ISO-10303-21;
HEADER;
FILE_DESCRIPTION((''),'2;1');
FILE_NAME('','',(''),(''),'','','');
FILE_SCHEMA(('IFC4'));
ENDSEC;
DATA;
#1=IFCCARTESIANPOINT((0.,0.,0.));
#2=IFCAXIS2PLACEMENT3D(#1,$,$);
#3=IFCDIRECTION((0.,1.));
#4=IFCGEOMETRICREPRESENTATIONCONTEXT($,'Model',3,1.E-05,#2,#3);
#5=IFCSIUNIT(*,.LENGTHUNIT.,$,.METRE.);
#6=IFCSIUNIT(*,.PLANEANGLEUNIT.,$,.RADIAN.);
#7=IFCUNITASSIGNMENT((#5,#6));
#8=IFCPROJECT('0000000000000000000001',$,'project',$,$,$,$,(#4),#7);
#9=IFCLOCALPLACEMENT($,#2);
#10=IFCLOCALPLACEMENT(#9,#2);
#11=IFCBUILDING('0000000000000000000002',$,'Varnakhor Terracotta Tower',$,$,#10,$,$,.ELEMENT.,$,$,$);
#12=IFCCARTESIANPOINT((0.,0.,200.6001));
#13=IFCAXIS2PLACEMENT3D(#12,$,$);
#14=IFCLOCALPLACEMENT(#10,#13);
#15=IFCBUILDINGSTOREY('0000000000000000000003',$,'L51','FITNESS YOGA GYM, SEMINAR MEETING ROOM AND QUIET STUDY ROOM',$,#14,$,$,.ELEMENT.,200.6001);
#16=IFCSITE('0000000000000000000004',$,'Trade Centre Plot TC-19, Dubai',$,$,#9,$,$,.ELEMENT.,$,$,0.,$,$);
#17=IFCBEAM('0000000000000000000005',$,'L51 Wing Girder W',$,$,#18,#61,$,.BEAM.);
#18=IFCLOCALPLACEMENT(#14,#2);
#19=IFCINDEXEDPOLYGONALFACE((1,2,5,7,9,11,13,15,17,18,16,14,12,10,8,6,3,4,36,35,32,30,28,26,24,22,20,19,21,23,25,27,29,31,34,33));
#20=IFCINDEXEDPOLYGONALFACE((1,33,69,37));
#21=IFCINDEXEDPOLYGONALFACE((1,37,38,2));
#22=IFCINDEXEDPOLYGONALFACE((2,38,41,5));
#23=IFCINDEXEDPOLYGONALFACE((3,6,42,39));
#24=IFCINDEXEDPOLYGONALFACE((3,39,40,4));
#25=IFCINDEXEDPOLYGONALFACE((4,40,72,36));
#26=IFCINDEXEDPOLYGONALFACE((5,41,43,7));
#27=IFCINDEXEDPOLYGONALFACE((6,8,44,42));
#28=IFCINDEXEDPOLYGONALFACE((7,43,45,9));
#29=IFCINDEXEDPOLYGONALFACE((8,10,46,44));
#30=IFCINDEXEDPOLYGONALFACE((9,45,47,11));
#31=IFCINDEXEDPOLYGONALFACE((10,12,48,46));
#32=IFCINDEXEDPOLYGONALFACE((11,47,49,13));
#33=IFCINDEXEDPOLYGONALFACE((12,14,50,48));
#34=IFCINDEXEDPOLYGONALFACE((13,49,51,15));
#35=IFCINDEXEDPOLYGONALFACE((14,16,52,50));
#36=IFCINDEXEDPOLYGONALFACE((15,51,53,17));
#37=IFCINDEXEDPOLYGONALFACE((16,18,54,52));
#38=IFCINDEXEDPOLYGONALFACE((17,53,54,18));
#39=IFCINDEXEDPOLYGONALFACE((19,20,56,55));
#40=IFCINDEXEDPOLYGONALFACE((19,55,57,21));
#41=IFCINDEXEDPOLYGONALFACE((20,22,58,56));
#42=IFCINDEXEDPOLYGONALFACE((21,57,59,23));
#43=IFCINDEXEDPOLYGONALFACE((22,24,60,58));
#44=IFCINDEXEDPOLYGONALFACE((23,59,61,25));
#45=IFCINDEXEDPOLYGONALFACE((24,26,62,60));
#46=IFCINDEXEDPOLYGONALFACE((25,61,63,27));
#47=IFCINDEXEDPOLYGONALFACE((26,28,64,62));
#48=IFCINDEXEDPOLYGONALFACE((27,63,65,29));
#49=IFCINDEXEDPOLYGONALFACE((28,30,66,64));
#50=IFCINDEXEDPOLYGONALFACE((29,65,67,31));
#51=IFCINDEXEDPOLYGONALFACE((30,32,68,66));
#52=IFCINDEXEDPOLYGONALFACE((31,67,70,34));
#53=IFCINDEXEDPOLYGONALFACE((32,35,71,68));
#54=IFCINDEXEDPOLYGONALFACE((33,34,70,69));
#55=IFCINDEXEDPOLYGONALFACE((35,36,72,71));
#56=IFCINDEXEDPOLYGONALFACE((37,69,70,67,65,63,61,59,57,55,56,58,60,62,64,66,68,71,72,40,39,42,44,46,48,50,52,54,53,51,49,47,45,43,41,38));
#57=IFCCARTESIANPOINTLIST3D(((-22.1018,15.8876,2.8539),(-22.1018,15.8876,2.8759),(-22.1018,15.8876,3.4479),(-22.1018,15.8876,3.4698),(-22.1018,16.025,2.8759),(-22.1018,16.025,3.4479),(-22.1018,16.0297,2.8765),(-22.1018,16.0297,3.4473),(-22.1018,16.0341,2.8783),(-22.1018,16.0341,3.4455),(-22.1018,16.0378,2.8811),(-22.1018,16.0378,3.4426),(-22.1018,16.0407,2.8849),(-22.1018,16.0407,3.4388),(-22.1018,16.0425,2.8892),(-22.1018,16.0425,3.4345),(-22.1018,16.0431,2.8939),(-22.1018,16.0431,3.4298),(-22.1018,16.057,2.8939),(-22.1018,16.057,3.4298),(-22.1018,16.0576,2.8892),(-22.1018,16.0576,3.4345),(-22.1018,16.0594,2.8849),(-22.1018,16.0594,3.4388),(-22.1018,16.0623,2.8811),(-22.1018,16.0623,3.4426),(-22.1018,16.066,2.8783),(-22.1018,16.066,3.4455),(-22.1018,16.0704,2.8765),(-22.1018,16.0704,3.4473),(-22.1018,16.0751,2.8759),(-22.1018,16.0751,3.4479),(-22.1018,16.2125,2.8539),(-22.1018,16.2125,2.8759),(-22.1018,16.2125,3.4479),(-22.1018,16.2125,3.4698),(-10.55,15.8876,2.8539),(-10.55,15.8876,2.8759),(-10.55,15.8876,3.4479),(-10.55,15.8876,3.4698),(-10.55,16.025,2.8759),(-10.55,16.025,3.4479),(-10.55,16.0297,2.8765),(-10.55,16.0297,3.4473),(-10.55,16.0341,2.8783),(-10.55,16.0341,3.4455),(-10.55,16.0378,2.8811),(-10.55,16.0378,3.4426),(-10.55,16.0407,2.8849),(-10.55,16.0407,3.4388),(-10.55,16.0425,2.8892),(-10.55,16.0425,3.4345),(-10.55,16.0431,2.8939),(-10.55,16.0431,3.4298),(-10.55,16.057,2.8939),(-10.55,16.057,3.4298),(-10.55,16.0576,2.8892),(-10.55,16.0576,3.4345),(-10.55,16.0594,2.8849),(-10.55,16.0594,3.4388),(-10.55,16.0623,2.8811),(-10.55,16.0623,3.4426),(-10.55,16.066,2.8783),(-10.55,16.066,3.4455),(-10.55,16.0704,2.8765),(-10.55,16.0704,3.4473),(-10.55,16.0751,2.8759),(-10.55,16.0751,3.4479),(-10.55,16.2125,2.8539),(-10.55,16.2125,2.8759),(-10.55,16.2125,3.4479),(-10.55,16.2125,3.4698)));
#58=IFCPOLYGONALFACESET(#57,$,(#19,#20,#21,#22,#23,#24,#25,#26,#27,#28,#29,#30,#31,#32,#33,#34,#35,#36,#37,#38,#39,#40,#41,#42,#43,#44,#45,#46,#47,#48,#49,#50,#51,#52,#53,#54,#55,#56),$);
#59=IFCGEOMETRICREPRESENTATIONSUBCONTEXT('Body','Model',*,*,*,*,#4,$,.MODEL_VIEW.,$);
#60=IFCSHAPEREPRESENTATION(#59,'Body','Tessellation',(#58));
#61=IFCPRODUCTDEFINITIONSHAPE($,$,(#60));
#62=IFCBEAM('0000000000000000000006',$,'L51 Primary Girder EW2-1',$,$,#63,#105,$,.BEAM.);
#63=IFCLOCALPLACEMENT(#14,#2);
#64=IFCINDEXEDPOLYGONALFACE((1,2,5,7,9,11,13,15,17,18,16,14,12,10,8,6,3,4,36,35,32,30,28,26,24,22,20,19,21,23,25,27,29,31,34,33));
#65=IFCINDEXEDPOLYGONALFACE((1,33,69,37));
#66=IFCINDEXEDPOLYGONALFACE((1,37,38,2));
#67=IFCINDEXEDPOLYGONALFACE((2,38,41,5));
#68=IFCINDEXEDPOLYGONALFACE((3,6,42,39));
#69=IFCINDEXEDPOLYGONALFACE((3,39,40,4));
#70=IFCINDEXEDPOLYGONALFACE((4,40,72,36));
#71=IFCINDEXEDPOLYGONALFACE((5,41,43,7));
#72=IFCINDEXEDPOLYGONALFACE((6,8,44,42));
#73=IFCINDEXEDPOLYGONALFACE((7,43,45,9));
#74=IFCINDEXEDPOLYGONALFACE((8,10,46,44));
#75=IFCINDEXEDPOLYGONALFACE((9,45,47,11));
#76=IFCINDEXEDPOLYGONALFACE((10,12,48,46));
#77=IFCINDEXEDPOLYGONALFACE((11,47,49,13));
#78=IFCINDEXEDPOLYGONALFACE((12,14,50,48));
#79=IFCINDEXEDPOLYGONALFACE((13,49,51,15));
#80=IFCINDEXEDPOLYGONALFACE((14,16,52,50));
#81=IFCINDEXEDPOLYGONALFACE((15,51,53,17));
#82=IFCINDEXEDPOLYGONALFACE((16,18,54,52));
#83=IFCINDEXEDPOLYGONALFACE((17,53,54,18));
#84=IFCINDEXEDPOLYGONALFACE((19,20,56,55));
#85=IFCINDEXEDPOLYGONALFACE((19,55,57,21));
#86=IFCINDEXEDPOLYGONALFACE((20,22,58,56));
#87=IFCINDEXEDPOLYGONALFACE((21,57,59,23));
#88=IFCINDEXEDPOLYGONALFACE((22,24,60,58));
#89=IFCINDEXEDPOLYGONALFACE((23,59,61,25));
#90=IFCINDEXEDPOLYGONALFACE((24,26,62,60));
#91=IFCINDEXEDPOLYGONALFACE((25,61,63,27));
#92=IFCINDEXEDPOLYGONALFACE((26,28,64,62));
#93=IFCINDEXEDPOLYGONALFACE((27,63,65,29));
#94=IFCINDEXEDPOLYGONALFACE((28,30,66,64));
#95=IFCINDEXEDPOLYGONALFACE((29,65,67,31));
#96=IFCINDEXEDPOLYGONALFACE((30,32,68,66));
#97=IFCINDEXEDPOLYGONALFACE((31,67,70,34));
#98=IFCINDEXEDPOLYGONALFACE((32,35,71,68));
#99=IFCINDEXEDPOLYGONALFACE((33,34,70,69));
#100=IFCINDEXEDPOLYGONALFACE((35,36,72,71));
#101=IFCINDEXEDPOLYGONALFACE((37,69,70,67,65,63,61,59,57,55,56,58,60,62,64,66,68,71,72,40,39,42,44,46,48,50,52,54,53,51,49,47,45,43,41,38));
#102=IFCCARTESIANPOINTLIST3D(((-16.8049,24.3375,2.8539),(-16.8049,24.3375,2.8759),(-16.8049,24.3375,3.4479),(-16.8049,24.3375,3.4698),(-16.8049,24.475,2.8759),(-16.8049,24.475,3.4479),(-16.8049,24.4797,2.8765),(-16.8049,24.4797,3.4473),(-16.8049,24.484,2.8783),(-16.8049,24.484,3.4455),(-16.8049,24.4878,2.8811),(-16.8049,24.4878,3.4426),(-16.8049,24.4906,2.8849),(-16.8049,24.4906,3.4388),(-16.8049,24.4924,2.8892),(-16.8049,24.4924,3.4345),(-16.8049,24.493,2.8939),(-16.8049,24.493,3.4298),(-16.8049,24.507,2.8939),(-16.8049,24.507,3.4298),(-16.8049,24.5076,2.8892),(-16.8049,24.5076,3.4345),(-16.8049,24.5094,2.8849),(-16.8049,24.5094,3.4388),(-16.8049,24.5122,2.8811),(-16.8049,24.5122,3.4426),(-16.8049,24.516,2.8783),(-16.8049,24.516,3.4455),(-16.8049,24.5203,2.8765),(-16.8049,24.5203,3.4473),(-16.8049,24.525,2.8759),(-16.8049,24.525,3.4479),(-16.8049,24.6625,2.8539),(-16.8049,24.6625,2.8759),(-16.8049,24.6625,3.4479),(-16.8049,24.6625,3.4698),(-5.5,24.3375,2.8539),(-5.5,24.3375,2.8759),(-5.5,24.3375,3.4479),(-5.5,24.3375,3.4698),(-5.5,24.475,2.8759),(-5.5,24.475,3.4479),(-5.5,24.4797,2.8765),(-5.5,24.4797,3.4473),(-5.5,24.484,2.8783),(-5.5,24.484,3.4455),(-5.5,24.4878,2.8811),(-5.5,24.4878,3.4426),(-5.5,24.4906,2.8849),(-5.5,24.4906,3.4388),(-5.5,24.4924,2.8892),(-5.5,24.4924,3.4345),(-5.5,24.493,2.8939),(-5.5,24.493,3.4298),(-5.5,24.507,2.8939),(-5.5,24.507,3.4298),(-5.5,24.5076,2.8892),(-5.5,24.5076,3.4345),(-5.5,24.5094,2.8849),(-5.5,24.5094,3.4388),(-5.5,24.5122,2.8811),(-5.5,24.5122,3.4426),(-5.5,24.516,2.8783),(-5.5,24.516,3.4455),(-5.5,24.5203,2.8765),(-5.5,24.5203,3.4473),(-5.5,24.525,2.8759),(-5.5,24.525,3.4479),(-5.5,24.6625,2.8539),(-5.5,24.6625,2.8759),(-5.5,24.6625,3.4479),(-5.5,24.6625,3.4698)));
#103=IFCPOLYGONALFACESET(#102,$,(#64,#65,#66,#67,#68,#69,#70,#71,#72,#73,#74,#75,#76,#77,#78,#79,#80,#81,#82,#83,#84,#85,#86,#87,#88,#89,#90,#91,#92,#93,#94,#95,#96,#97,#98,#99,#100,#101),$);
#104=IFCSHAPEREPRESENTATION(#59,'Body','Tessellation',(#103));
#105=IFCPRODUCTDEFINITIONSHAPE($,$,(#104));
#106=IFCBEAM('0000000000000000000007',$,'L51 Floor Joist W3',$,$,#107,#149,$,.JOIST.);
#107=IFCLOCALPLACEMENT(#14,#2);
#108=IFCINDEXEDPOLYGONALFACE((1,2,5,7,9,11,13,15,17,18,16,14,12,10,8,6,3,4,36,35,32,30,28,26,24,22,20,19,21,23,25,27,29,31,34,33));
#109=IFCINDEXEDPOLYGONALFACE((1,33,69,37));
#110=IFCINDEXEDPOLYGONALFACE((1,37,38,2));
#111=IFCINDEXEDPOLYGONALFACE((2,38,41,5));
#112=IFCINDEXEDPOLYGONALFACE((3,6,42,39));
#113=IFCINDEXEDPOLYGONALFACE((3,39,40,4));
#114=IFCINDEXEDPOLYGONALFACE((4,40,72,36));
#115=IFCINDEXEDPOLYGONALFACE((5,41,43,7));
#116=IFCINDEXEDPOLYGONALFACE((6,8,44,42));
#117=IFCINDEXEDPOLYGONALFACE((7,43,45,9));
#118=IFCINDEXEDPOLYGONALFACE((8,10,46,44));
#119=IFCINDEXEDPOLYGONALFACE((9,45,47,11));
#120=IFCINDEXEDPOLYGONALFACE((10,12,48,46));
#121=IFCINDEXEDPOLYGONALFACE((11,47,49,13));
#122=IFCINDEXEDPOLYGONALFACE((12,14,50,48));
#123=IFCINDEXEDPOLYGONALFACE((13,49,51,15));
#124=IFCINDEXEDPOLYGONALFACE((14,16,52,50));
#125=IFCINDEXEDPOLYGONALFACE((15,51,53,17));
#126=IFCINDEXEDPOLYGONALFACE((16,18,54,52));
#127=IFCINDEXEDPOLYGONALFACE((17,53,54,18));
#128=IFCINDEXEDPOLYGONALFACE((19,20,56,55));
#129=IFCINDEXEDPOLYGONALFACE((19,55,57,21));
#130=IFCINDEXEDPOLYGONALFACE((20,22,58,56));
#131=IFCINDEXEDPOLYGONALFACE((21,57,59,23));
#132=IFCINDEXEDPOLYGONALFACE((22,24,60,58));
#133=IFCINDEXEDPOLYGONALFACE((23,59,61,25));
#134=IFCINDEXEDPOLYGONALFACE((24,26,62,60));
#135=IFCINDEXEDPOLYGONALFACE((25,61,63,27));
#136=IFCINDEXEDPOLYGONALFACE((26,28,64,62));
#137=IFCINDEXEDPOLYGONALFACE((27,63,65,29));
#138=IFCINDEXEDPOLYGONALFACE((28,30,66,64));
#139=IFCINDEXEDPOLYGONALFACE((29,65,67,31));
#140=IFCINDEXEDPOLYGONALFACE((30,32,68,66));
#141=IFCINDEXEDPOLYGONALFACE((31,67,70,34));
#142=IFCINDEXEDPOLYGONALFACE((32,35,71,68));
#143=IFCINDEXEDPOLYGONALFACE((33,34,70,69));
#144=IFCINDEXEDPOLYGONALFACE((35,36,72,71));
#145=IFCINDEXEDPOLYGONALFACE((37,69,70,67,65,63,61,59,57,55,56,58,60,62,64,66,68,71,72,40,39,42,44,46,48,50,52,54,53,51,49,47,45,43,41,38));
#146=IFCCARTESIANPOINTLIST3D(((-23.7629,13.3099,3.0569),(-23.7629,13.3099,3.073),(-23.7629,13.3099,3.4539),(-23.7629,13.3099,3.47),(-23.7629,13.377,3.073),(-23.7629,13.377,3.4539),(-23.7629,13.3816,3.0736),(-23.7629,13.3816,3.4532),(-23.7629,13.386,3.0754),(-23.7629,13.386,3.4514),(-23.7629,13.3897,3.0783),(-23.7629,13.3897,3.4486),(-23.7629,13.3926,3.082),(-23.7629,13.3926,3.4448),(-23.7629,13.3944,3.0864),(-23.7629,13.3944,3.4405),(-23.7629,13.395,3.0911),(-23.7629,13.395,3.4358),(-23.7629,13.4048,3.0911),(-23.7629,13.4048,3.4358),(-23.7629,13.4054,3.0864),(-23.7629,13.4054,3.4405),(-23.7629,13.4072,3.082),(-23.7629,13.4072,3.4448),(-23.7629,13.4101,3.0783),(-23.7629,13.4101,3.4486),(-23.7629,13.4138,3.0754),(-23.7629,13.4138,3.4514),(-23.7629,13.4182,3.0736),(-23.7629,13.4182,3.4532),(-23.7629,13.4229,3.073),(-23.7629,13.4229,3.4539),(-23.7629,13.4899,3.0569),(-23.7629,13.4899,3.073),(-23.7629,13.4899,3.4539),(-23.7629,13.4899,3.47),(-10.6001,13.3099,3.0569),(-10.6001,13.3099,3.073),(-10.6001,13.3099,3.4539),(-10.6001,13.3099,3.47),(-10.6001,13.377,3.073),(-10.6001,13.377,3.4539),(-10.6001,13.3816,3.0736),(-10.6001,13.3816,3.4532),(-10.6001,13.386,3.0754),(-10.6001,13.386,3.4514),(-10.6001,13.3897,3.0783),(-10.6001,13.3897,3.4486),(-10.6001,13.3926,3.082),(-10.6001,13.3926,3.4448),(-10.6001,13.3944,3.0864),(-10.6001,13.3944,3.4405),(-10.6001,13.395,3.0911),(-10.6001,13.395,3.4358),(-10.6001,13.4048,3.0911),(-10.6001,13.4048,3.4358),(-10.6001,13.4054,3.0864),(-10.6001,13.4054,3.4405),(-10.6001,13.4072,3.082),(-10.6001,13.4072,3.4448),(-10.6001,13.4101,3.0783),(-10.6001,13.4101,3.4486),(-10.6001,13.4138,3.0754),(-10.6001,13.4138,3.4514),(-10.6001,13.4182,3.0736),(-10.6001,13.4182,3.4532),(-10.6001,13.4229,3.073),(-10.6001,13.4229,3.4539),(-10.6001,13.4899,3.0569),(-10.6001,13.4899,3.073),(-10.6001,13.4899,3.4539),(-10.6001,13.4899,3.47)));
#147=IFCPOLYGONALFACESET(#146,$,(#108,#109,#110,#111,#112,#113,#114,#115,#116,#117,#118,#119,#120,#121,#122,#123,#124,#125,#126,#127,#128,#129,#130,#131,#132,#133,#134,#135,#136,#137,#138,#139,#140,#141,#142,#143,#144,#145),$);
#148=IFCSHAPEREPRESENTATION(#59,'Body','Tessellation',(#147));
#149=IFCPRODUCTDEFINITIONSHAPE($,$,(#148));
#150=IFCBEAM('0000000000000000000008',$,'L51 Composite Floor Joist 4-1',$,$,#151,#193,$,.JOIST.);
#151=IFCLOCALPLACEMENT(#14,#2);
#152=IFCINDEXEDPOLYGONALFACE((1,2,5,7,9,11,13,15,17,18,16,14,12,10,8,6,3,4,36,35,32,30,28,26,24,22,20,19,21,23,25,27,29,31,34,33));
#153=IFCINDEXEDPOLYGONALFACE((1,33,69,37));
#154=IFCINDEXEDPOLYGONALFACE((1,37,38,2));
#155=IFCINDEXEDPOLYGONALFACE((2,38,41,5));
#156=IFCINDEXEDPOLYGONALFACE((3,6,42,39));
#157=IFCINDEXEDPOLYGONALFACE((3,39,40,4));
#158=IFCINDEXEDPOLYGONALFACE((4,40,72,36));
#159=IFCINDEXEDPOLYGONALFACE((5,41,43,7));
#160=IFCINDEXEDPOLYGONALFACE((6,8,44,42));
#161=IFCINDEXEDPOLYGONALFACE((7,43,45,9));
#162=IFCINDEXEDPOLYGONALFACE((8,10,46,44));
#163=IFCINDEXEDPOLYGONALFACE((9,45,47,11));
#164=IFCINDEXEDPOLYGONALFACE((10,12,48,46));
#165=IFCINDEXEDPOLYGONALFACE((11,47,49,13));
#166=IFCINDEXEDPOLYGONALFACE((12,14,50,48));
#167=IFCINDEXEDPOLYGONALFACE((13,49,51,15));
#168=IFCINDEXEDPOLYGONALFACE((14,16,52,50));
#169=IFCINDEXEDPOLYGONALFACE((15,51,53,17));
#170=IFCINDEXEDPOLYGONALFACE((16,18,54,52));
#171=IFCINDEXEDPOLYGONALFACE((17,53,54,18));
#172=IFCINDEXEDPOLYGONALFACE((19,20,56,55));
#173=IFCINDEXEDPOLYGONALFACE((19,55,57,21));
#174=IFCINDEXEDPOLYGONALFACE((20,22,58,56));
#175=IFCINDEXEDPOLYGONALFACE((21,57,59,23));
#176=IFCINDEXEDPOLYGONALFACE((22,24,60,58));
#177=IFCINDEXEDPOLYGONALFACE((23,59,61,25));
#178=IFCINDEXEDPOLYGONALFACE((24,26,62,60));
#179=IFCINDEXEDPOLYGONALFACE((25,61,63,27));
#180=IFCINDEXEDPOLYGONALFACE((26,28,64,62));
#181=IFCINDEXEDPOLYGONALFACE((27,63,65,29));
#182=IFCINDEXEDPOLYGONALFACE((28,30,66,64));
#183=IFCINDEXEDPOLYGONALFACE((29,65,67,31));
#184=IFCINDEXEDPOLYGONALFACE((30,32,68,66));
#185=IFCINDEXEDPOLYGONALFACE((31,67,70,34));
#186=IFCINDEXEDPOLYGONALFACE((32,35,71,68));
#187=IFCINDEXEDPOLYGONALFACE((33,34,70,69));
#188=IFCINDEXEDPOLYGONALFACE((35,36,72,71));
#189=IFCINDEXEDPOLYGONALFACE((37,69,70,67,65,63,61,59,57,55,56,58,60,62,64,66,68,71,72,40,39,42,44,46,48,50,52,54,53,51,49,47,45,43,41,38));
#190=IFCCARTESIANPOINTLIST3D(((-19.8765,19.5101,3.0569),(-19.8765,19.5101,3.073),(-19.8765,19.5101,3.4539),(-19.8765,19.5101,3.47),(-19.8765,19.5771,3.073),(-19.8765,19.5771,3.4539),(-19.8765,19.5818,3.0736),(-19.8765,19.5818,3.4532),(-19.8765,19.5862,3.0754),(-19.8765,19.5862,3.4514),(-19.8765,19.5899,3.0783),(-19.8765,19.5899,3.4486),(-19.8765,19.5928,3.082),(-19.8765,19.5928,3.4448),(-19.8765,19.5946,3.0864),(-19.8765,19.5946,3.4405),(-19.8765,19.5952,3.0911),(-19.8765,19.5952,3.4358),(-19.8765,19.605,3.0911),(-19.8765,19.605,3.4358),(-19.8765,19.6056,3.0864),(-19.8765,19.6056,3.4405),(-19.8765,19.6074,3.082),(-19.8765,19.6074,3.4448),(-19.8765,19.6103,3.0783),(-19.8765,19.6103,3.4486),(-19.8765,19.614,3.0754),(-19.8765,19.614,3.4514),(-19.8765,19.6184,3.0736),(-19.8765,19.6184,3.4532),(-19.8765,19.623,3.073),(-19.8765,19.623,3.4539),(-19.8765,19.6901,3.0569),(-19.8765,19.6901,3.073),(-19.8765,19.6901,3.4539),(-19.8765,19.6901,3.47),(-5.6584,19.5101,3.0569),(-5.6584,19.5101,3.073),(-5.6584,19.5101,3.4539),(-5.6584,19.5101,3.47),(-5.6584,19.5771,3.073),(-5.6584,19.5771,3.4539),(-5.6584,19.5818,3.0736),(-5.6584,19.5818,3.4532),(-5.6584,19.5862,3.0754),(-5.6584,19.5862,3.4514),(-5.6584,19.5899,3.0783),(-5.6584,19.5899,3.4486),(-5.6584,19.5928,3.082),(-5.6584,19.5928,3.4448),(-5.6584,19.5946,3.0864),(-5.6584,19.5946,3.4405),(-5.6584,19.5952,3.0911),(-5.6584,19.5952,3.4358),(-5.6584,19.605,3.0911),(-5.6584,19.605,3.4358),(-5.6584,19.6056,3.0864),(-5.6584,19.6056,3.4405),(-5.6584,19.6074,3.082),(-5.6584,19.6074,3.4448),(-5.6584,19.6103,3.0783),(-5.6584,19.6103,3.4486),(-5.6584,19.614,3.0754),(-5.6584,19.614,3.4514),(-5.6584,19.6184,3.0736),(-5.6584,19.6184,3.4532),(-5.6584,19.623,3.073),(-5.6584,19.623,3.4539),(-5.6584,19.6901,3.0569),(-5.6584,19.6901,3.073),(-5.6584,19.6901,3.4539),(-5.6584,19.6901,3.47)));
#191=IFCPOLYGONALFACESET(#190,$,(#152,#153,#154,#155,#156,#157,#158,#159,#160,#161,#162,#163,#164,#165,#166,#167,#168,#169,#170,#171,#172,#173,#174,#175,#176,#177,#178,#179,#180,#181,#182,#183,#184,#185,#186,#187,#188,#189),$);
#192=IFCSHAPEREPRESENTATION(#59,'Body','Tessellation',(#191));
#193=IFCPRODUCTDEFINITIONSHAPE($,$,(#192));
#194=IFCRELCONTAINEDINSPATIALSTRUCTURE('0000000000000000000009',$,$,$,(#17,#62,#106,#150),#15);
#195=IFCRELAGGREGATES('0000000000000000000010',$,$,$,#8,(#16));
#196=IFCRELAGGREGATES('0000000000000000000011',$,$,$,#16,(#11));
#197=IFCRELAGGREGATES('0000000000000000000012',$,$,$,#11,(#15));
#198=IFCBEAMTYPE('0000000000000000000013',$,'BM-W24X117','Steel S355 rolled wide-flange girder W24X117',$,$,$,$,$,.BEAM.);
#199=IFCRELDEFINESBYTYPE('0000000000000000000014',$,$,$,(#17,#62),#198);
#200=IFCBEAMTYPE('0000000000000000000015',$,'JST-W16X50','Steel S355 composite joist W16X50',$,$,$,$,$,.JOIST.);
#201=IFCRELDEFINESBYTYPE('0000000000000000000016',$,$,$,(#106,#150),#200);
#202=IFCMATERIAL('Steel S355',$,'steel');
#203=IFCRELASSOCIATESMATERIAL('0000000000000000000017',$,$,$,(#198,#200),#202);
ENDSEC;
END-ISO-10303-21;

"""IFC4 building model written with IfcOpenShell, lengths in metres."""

from ifc_helpers import new_model, si_unit, direction, frame, origin, origin_2d, place, context, subcontext, project, spatial, i_section, extrude, source, transform, mapped, material, material_profile, profile_set, type_object, element, save


model = new_model("IFC4")

# Units and contexts
model_context = context("Model", 3, precision=1e-05, world=origin(), true_north=direction((0.0, 1.0)))
body_context = subcontext(model_context, "Body", "Model", "MODEL_VIEW")
ifc_project = project(units=[si_unit("LENGTHUNIT", "METRE"), si_unit("PLANEANGLEUNIT", "RADIAN")], contexts=[model_context])

# Site, building, storey
site_placement = place(None, origin())
site = spatial("IfcSite", under=ifc_project, at=site_placement, Name="Trade Centre Plot TC-19, Dubai", CompositionType="ELEMENT", RefElevation=0.0)
building_placement = place(site_placement, origin())
building = spatial("IfcBuilding", under=site, at=building_placement, Name="Varnakhor Terracotta Tower", CompositionType="ELEMENT")
storey_placement = place(building_placement, frame((0.0, 0.0, 200.6001)))
storey = spatial("IfcBuildingStorey", under=building, at=storey_placement, Name="L51", Description="FITNESS YOGA GYM, SEMINAR MEETING ROOM AND QUIET STUDY ROOM", CompositionType="ELEMENT", Elevation=200.6001)

# Beams
ifc_material_1 = material(Name="Steel S355", Category="steel")
ifc_material_profile_1 = material_profile(ifc_material_1, i_section(OverallWidth=0.325, OverallDepth=0.616, WebThickness=0.0139, FlangeThickness=0.022, FilletRadius=0.0181, at=origin_2d()), Name="W24X117")
ifc_profile_set_1 = profile_set([ifc_material_profile_1], Name="Steel S355")
beam_type_1 = type_object("IfcBeamType", Name="BM-W24X117", Description="Steel S355 rolled wide-flange girder W24X117", PredefinedType="BEAM", material=ifc_profile_set_1)
shared_shape_1 = source(origin(), body_context, "Body", "SweptSolid", [
    extrude(i_section(OverallWidth=0.325, OverallDepth=0.616, WebThickness=0.0139, FlangeThickness=0.022, FilletRadius=0.0181, at=origin_2d()), origin(), (0.0, 0.0, 1.0), 11.5518),
])
beam_1_placement = place(storey_placement, frame((-22.1018, 16.05, 3.1619), z_axis=(1.0, 0.0, 0.0), x_axis=(0.0, 1.0, 0.0)))
element("IfcBeam", 1, at=beam_1_placement, inside=storey, type_object=beam_type_1, Name="L51 Wing Girder W", PredefinedType="BEAM", context=body_context, shape_type="MappedRepresentation", body=[
    mapped(shared_shape_1, transform((0.0, 0.0, 0.0), scale=1.0)),
])
shared_shape_2 = source(origin(), body_context, "Body", "SweptSolid", [
    extrude(i_section(OverallWidth=0.325, OverallDepth=0.616, WebThickness=0.0139, FlangeThickness=0.022, FilletRadius=0.0181, at=origin_2d()), origin(), (0.0, 0.0, 1.0), 11.3049),
])
beam_2_placement = place(storey_placement, frame((-16.8049, 24.5, 3.1619), z_axis=(1.0, 0.0, 0.0), x_axis=(0.0, 1.0, 0.0)))
element("IfcBeam", 2, at=beam_2_placement, inside=storey, type_object=beam_type_1, Name="L51 Primary Girder EW2-1", PredefinedType="BEAM", context=body_context, shape_type="MappedRepresentation", body=[
    mapped(shared_shape_2, transform((0.0, 0.0, 0.0), scale=1.0)),
])
ifc_material_profile_2 = material_profile(ifc_material_1, i_section(OverallWidth=0.1799, OverallDepth=0.4131, WebThickness=0.0098, FlangeThickness=0.0161, FilletRadius=0.0181, at=origin_2d()), Name="W16X50")
ifc_profile_set_2 = profile_set([ifc_material_profile_2], Name="Steel S355")
beam_type_2 = type_object("IfcBeamType", Name="JST-W16X50", Description="Steel S355 composite joist W16X50", PredefinedType="JOIST", material=ifc_profile_set_2)
shared_shape_3 = source(origin(), body_context, "Body", "SweptSolid", [
    extrude(i_section(OverallWidth=0.1799, OverallDepth=0.4131, WebThickness=0.0098, FlangeThickness=0.0161, FilletRadius=0.0181, at=origin_2d()), origin(), (0.0, 0.0, 1.0), 13.1628),
])
beam_3_placement = place(storey_placement, frame((-23.7629, 13.3999, 3.2634), z_axis=(1.0, 0.0, 0.0), x_axis=(0.0, 1.0, 0.0)))
element("IfcBeam", 3, at=beam_3_placement, inside=storey, type_object=beam_type_2, Name="L51 Floor Joist W3", PredefinedType="JOIST", context=body_context, shape_type="MappedRepresentation", body=[
    mapped(shared_shape_3, transform((0.0, 0.0, 0.0), scale=1.0)),
])
shared_shape_4 = source(origin(), body_context, "Body", "SweptSolid", [
    extrude(i_section(OverallWidth=0.1799, OverallDepth=0.4131, WebThickness=0.0098, FlangeThickness=0.0161, FilletRadius=0.0181, at=origin_2d()), origin(), (0.0, 0.0, 1.0), 14.218),
])
beam_4_placement = place(storey_placement, frame((-19.8765, 19.6001, 3.2634), z_axis=(1.0, 0.0, 0.0), x_axis=(0.0, 1.0, 0.0)))
element("IfcBeam", 4, at=beam_4_placement, inside=storey, type_object=beam_type_2, Name="L51 Composite Floor Joist 4-1", PredefinedType="JOIST", context=body_context, shape_type="MappedRepresentation", body=[
    mapped(shared_shape_4, transform((0.0, 0.0, 0.0), scale=1.0)),
])

save(model, "model.ifc")
